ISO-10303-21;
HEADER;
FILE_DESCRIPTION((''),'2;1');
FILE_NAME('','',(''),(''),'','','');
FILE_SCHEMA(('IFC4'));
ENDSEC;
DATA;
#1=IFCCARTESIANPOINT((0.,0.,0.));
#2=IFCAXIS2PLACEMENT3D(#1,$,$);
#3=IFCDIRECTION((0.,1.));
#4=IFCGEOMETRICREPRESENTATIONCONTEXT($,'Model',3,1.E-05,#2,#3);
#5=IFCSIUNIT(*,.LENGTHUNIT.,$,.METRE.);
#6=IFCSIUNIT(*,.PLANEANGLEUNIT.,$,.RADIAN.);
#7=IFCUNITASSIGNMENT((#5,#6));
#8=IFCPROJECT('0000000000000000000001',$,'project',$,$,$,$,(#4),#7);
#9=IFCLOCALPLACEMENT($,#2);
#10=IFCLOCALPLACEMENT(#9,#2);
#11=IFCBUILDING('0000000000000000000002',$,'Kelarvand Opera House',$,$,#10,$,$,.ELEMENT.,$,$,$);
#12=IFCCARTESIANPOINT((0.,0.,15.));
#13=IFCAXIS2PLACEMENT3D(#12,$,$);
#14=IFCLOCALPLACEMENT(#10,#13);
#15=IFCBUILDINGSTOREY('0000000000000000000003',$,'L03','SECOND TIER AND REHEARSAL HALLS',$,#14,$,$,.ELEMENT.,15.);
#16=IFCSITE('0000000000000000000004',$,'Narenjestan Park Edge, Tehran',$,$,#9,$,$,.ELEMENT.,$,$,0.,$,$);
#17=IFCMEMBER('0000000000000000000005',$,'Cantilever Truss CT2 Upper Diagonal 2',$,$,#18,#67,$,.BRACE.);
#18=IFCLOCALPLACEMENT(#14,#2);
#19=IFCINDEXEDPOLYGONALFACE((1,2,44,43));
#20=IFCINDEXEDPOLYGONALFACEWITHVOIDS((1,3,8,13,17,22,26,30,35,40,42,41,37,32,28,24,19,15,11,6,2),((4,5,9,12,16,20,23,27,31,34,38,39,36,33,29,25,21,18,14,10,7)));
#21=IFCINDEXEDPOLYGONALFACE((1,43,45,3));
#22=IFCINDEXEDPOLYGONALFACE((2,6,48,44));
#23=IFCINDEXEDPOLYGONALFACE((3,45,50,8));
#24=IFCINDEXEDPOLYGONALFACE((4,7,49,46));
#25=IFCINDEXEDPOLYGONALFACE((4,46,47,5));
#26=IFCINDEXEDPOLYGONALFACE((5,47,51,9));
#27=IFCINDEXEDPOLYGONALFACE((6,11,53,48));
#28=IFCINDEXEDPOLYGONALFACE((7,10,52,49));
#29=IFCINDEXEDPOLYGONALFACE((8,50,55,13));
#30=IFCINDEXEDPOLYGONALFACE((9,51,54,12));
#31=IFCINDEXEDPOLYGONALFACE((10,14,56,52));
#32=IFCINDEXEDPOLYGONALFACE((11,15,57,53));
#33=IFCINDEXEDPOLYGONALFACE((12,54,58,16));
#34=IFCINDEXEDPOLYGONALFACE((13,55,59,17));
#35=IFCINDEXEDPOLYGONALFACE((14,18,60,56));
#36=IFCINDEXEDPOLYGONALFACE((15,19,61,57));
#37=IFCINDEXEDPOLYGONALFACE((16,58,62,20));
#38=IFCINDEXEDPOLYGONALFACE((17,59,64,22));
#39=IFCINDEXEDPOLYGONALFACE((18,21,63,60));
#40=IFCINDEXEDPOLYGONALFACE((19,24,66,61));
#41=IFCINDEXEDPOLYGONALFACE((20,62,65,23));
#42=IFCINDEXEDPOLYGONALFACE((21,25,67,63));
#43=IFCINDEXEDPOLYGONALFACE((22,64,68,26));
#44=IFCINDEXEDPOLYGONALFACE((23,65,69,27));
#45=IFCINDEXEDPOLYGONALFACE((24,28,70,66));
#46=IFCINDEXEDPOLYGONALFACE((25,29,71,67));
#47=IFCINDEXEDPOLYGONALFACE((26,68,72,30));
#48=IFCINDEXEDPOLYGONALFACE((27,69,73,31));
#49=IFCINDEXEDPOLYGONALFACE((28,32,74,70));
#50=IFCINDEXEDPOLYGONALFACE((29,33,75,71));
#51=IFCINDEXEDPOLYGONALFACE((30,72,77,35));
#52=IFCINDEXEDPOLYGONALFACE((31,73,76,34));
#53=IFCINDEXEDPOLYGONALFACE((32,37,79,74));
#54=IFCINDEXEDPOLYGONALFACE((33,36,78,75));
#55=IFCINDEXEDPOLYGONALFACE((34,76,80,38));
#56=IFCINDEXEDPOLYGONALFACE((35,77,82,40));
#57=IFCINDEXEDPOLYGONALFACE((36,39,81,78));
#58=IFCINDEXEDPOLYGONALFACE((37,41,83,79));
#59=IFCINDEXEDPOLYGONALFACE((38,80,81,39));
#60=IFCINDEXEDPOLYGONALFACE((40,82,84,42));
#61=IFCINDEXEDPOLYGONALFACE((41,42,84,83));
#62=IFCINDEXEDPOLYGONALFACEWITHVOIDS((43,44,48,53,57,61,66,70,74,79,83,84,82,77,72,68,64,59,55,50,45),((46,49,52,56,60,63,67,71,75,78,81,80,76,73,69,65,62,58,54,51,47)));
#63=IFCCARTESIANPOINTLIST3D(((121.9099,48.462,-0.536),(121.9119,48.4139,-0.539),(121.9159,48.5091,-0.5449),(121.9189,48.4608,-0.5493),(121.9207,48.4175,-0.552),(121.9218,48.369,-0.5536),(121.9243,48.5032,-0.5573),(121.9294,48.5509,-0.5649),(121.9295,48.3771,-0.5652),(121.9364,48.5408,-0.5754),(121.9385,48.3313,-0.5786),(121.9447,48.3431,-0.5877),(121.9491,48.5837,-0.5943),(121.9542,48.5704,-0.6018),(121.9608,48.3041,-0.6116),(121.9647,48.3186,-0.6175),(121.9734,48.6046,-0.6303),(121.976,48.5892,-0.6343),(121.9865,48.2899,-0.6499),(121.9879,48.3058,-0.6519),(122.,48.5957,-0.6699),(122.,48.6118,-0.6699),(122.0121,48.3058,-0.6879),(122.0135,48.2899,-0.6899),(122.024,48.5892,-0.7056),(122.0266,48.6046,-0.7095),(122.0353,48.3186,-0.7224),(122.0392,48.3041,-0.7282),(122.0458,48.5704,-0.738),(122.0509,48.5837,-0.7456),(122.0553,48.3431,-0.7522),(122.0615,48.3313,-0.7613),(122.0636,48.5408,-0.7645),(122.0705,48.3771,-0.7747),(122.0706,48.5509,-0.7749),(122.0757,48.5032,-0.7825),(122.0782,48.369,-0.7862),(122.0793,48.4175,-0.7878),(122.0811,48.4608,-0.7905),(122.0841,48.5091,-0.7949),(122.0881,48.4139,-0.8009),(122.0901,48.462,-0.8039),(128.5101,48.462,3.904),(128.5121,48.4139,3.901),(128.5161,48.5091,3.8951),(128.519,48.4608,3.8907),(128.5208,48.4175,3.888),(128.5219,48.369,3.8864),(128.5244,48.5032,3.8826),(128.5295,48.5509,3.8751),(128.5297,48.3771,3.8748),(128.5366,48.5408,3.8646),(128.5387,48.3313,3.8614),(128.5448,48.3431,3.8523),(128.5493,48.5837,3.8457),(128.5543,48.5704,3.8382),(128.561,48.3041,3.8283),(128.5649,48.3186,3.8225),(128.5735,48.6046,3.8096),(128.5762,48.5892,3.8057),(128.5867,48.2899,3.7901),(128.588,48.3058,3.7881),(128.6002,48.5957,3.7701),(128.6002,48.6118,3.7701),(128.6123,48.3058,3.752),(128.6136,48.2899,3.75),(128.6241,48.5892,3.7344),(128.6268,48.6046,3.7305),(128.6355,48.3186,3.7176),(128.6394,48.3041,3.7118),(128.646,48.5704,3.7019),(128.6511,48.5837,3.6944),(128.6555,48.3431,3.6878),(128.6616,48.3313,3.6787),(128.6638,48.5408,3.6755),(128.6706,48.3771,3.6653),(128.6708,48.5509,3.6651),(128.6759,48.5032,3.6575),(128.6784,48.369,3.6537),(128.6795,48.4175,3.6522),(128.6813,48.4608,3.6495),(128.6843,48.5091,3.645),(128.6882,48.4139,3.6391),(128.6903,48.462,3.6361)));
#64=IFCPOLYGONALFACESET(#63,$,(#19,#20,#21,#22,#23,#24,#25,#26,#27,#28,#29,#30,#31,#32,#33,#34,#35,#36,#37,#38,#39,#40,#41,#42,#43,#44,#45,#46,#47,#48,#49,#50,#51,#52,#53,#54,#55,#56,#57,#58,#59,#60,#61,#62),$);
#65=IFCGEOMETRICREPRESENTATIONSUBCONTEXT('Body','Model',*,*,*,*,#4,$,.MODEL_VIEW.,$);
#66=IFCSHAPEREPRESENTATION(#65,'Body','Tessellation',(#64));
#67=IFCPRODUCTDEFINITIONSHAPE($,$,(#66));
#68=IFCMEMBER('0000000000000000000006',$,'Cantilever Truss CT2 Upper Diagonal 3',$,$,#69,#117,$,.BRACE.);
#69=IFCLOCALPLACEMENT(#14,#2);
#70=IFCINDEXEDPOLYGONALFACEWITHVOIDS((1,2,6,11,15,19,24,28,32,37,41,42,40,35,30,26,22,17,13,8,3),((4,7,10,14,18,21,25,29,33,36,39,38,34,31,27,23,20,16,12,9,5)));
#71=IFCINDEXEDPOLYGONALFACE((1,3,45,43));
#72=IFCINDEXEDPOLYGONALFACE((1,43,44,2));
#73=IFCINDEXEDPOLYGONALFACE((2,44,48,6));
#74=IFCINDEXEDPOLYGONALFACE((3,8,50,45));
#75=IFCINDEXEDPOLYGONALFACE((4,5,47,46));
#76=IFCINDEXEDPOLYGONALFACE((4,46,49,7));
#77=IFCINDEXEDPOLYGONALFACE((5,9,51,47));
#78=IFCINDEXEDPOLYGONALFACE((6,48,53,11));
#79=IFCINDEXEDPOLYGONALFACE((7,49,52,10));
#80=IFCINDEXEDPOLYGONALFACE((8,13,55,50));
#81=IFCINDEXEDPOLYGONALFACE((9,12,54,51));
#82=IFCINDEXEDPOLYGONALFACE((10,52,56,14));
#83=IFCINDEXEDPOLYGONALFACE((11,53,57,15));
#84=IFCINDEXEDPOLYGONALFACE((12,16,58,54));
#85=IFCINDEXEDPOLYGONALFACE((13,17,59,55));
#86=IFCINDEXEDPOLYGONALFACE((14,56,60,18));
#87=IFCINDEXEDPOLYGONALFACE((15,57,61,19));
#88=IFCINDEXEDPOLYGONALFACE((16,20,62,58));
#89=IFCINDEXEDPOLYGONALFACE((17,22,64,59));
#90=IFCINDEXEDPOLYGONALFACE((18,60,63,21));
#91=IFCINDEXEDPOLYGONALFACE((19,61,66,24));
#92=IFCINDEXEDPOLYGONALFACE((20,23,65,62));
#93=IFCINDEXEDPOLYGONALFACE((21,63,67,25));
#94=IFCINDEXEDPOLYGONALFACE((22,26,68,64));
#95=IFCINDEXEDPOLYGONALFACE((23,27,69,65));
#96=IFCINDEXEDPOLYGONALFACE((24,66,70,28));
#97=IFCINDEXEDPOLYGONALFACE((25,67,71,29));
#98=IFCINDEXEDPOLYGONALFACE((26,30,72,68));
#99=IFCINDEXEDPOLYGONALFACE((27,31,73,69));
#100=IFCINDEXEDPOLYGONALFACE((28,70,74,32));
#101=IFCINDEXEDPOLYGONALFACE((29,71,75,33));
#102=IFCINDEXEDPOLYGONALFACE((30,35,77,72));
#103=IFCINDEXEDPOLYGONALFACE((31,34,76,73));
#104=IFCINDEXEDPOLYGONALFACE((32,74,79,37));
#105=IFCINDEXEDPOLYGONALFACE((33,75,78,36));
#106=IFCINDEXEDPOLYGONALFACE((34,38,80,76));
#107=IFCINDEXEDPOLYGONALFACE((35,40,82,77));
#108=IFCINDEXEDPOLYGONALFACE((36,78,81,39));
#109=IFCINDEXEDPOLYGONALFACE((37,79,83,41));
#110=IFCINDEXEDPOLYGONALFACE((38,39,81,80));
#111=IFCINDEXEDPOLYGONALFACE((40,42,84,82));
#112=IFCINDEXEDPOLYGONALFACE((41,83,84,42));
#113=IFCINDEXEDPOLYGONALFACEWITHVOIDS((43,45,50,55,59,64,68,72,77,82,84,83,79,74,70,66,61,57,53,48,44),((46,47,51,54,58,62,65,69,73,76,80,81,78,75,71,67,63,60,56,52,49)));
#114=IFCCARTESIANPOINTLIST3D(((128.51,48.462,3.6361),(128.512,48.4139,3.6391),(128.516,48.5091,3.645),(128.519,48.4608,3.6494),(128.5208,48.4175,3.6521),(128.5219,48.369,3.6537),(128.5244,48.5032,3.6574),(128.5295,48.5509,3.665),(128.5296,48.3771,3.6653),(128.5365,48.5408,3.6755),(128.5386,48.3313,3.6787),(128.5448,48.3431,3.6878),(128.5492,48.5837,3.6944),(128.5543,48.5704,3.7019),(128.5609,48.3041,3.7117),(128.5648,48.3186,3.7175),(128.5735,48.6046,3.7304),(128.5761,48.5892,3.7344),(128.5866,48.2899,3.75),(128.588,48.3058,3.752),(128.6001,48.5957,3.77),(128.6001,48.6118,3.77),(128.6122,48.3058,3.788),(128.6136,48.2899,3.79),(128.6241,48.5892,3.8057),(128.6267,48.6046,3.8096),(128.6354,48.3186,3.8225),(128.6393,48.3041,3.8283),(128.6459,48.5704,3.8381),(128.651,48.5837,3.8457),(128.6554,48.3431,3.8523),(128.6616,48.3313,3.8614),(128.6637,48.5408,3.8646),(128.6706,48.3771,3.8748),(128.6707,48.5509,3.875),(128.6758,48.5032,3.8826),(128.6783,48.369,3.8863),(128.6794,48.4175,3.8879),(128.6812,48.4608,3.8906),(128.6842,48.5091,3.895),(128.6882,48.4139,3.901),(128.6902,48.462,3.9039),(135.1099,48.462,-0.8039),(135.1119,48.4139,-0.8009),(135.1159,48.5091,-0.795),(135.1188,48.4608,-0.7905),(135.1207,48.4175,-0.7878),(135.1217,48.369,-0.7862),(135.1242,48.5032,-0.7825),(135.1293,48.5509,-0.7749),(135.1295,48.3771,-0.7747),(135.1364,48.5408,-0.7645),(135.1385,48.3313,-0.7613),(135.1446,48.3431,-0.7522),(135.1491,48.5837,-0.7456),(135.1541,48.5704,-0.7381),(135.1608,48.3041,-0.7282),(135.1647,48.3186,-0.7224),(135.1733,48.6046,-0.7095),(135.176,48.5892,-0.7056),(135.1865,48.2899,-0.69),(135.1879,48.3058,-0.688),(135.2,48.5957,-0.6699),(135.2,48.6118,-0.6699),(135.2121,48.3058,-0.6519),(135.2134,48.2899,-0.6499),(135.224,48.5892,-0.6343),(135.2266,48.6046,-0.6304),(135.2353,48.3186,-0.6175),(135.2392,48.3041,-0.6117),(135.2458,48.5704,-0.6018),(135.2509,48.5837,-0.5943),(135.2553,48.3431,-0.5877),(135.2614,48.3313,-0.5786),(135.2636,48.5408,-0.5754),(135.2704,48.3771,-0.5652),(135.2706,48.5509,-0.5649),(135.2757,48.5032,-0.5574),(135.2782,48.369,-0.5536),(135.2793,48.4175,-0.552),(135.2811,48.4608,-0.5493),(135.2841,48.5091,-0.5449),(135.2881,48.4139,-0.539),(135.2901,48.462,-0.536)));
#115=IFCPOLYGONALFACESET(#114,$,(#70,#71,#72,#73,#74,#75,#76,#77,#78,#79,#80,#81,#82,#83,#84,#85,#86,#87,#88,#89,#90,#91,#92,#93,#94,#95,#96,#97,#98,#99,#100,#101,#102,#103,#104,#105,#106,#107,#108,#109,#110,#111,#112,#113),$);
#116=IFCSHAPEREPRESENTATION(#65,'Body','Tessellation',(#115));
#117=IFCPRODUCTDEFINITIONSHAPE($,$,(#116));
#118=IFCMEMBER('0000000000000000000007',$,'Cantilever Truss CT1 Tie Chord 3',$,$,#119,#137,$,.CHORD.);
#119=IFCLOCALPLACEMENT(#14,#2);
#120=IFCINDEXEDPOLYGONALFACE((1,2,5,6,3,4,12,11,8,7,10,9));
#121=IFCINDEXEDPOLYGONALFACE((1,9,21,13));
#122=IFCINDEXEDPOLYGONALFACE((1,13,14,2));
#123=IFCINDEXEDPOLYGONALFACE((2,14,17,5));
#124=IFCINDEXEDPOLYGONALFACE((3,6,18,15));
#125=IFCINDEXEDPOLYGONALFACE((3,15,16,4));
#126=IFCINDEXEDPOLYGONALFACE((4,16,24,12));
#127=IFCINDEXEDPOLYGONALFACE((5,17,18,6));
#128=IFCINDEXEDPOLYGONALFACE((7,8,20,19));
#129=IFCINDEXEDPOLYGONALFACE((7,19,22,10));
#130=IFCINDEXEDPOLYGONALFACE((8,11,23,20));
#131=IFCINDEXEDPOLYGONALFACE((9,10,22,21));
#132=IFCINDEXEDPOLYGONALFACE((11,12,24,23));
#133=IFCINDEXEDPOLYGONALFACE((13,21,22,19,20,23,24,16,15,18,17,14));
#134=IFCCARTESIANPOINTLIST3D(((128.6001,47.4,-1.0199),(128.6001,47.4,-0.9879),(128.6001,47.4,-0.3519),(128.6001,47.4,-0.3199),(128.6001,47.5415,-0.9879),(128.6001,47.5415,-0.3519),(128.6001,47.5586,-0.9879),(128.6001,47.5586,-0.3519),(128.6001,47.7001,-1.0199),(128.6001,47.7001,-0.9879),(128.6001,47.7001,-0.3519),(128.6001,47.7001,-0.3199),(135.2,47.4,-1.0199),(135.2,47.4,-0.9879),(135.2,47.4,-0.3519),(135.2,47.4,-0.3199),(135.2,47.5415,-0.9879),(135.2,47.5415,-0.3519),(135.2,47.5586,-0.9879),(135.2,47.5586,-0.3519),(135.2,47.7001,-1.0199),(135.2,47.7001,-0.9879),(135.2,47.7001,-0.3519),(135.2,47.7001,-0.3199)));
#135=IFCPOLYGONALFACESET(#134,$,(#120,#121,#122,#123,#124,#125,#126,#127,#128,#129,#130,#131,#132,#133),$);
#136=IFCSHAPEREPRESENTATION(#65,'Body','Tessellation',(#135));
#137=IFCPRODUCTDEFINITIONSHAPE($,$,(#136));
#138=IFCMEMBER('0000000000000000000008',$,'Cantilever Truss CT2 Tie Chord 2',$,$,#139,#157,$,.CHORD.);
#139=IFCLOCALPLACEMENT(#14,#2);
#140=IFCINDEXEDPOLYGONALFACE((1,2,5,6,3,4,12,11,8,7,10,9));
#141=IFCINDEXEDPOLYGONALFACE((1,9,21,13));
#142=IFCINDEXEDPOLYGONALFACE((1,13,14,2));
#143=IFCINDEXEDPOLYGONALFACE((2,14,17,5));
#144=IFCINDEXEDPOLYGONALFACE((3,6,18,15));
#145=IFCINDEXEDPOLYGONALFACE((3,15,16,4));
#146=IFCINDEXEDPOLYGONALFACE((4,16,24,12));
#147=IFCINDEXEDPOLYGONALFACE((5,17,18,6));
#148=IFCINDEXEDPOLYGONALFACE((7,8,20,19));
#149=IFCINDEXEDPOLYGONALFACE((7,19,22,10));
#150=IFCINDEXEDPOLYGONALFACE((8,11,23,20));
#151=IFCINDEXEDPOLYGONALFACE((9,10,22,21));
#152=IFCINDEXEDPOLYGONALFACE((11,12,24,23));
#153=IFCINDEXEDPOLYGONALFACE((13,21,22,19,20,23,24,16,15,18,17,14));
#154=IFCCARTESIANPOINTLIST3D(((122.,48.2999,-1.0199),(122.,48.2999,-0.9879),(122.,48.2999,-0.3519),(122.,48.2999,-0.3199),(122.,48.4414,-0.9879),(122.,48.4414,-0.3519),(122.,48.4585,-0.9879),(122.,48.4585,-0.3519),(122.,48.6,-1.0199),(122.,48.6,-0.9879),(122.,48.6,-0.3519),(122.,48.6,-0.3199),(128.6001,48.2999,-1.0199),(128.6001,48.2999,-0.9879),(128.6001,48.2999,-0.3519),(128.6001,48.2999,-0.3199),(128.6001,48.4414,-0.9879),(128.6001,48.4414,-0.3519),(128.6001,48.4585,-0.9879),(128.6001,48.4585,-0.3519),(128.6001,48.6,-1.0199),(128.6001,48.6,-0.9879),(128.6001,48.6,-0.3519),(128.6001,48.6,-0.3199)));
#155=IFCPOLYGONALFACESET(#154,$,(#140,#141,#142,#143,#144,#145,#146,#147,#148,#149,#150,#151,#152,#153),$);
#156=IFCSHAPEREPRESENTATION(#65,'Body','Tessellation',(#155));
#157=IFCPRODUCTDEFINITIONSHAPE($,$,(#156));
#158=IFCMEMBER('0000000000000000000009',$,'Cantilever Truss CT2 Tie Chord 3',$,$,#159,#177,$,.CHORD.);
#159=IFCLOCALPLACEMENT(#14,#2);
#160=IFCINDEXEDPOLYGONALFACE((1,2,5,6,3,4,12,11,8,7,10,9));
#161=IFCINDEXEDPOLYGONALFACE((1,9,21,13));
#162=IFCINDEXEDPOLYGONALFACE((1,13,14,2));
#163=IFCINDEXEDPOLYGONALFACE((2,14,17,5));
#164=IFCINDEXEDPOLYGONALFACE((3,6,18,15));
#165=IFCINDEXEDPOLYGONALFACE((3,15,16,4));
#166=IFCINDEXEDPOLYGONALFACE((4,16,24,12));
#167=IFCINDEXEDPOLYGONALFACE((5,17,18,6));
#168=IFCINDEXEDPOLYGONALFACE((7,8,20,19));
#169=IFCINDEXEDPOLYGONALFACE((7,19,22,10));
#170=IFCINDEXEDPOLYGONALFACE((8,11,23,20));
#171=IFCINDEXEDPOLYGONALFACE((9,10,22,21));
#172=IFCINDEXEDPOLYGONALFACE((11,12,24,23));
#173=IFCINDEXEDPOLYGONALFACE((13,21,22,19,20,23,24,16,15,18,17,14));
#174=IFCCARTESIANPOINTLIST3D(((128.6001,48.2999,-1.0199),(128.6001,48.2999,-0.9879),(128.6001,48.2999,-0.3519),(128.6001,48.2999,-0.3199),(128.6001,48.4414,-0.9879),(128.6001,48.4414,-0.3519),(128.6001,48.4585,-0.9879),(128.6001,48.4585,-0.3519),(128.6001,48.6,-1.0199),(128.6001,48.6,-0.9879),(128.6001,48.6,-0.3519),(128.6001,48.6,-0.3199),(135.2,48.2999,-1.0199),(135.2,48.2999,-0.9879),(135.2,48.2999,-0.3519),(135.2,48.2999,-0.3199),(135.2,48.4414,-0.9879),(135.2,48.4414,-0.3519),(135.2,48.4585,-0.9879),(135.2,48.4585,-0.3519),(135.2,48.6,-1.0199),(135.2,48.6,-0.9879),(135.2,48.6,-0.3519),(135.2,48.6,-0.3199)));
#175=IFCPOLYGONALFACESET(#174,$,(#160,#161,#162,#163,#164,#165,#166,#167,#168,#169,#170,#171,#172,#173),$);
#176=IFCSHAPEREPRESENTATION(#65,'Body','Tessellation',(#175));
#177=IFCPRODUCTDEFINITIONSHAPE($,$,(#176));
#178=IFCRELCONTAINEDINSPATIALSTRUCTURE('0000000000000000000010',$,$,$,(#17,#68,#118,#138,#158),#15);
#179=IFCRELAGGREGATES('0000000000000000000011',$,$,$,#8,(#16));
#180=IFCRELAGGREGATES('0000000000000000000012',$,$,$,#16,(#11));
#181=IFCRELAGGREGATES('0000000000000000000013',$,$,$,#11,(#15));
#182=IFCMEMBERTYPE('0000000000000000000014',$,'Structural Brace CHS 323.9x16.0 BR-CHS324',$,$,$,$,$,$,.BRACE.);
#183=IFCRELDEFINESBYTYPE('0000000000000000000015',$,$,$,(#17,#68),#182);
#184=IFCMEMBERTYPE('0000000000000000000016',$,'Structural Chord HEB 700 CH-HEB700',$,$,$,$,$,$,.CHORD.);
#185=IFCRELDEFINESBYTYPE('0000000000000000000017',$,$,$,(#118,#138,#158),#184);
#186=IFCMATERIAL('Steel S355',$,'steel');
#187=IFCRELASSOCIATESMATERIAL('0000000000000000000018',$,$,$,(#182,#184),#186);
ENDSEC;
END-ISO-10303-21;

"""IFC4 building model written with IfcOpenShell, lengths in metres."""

from ifc_helpers import new_model, si_unit, direction, frame, origin, origin_2d, place, context, subcontext, project, spatial, hollow_circle, i_section, extrude, material, material_profile, profile_set, type_object, element, save


model = new_model("IFC4")

# Units and contexts
model_context = context("Model", 3, precision=1e-05, world=origin(), true_north=direction((0.0, 1.0)))
body_context = subcontext(model_context, "Body", "Model", "MODEL_VIEW")
ifc_project = project(units=[si_unit("LENGTHUNIT", "METRE"), si_unit("PLANEANGLEUNIT", "RADIAN")], contexts=[model_context])

# Site, building, storey
site_placement = place(None, origin())
site = spatial("IfcSite", under=ifc_project, at=site_placement, Name="Narenjestan Park Edge, Tehran", CompositionType="ELEMENT", RefElevation=0.0)
building_placement = place(site_placement, origin())
building = spatial("IfcBuilding", under=site, at=building_placement, Name="Kelarvand Opera House", CompositionType="ELEMENT")
storey_placement = place(building_placement, frame((0.0, 0.0, 15.0)))
storey = spatial("IfcBuildingStorey", under=building, at=storey_placement, Name="L03", Description="SECOND TIER AND REHEARSAL HALLS", CompositionType="ELEMENT", Elevation=15.0)

# Members
ifc_material_1 = material(Name="Steel S355", Category="steel")
ifc_material_profile_1 = material_profile(ifc_material_1, hollow_circle(Radius=0.1619, WallThickness=0.0161, at=origin_2d()), Name="CHS 323.9x16.0", Category="steel")
ifc_profile_set_1 = profile_set([ifc_material_profile_1], Name="Steel S355")
member_type_1 = type_object("IfcMemberType", Name="Structural Brace CHS 323.9x16.0 BR-CHS324", PredefinedType="BRACE", material=ifc_profile_set_1)
member_1_placement = place(storey_placement, frame((122.0, 48.45, -0.6699), z_axis=(0.829729, 0.0, 0.558166), x_axis=(0.0, 1.0, 0.0)))
element("IfcMember", 1, at=member_1_placement, inside=storey, type_object=member_type_1, Name="Cantilever Truss CT2 Upper Diagonal 2", PredefinedType="BRACE", context=body_context, shape_type="SweptSolid", body=[
    extrude(hollow_circle(Radius=0.1619, WallThickness=0.0161, at=origin_2d()), origin(), (0.0, 0.0, 1.0), 7.9546),
])
member_2_placement = place(storey_placement, frame((128.6001, 48.45, 3.77), z_axis=(0.82972, 0.0, -0.55818), x_axis=(0.0, 1.0, 0.0)))
element("IfcMember", 2, at=member_2_placement, inside=storey, type_object=member_type_1, Name="Cantilever Truss CT2 Upper Diagonal 3", PredefinedType="BRACE", context=body_context, shape_type="SweptSolid", body=[
    extrude(hollow_circle(Radius=0.1619, WallThickness=0.0161, at=origin_2d()), origin(), (0.0, 0.0, 1.0), 7.9543),
])
ifc_material_profile_2 = material_profile(ifc_material_1, i_section(OverallWidth=0.3, OverallDepth=0.7, WebThickness=0.0171, FlangeThickness=0.032, at=origin_2d()), Name="HEB 700", Category="steel")
ifc_profile_set_2 = profile_set([ifc_material_profile_2], Name="Steel S355")
member_type_2 = type_object("IfcMemberType", Name="Structural Chord HEB 700 CH-HEB700", PredefinedType="CHORD", material=ifc_profile_set_2)
member_3_placement = place(storey_placement, frame((128.6001, 47.55, -0.6699), z_axis=(1.0, 0.0, 0.0), x_axis=(0.0, 1.0, 0.0)))
element("IfcMember", 3, at=member_3_placement, inside=storey, type_object=member_type_2, Name="Cantilever Truss CT1 Tie Chord 3", PredefinedType="CHORD", context=body_context, shape_type="SweptSolid", body=[
    extrude(i_section(OverallWidth=0.3, OverallDepth=0.7, WebThickness=0.0171, FlangeThickness=0.032, at=origin_2d()), origin(), (0.0, 0.0, 1.0), 6.5999),
])
member_4_placement = place(storey_placement, frame((122.0, 48.45, -0.6699), z_axis=(1.0, 0.0, 0.0), x_axis=(0.0, 1.0, 0.0)))
element("IfcMember", 4, at=member_4_placement, inside=storey, type_object=member_type_2, Name="Cantilever Truss CT2 Tie Chord 2", PredefinedType="CHORD", context=body_context, shape_type="SweptSolid", body=[
    extrude(i_section(OverallWidth=0.3, OverallDepth=0.7, WebThickness=0.0171, FlangeThickness=0.032, at=origin_2d()), origin(), (0.0, 0.0, 1.0), 6.6001),
])
member_5_placement = place(storey_placement, frame((128.6001, 48.45, -0.6699), z_axis=(1.0, 0.0, 0.0), x_axis=(0.0, 1.0, 0.0)))
element("IfcMember", 5, at=member_5_placement, inside=storey, type_object=member_type_2, Name="Cantilever Truss CT2 Tie Chord 3", PredefinedType="CHORD", context=body_context, shape_type="SweptSolid", body=[
    extrude(i_section(OverallWidth=0.3, OverallDepth=0.7, WebThickness=0.0171, FlangeThickness=0.032, at=origin_2d()), origin(), (0.0, 0.0, 1.0), 6.5999),
])

save(model, "model.ifc")
